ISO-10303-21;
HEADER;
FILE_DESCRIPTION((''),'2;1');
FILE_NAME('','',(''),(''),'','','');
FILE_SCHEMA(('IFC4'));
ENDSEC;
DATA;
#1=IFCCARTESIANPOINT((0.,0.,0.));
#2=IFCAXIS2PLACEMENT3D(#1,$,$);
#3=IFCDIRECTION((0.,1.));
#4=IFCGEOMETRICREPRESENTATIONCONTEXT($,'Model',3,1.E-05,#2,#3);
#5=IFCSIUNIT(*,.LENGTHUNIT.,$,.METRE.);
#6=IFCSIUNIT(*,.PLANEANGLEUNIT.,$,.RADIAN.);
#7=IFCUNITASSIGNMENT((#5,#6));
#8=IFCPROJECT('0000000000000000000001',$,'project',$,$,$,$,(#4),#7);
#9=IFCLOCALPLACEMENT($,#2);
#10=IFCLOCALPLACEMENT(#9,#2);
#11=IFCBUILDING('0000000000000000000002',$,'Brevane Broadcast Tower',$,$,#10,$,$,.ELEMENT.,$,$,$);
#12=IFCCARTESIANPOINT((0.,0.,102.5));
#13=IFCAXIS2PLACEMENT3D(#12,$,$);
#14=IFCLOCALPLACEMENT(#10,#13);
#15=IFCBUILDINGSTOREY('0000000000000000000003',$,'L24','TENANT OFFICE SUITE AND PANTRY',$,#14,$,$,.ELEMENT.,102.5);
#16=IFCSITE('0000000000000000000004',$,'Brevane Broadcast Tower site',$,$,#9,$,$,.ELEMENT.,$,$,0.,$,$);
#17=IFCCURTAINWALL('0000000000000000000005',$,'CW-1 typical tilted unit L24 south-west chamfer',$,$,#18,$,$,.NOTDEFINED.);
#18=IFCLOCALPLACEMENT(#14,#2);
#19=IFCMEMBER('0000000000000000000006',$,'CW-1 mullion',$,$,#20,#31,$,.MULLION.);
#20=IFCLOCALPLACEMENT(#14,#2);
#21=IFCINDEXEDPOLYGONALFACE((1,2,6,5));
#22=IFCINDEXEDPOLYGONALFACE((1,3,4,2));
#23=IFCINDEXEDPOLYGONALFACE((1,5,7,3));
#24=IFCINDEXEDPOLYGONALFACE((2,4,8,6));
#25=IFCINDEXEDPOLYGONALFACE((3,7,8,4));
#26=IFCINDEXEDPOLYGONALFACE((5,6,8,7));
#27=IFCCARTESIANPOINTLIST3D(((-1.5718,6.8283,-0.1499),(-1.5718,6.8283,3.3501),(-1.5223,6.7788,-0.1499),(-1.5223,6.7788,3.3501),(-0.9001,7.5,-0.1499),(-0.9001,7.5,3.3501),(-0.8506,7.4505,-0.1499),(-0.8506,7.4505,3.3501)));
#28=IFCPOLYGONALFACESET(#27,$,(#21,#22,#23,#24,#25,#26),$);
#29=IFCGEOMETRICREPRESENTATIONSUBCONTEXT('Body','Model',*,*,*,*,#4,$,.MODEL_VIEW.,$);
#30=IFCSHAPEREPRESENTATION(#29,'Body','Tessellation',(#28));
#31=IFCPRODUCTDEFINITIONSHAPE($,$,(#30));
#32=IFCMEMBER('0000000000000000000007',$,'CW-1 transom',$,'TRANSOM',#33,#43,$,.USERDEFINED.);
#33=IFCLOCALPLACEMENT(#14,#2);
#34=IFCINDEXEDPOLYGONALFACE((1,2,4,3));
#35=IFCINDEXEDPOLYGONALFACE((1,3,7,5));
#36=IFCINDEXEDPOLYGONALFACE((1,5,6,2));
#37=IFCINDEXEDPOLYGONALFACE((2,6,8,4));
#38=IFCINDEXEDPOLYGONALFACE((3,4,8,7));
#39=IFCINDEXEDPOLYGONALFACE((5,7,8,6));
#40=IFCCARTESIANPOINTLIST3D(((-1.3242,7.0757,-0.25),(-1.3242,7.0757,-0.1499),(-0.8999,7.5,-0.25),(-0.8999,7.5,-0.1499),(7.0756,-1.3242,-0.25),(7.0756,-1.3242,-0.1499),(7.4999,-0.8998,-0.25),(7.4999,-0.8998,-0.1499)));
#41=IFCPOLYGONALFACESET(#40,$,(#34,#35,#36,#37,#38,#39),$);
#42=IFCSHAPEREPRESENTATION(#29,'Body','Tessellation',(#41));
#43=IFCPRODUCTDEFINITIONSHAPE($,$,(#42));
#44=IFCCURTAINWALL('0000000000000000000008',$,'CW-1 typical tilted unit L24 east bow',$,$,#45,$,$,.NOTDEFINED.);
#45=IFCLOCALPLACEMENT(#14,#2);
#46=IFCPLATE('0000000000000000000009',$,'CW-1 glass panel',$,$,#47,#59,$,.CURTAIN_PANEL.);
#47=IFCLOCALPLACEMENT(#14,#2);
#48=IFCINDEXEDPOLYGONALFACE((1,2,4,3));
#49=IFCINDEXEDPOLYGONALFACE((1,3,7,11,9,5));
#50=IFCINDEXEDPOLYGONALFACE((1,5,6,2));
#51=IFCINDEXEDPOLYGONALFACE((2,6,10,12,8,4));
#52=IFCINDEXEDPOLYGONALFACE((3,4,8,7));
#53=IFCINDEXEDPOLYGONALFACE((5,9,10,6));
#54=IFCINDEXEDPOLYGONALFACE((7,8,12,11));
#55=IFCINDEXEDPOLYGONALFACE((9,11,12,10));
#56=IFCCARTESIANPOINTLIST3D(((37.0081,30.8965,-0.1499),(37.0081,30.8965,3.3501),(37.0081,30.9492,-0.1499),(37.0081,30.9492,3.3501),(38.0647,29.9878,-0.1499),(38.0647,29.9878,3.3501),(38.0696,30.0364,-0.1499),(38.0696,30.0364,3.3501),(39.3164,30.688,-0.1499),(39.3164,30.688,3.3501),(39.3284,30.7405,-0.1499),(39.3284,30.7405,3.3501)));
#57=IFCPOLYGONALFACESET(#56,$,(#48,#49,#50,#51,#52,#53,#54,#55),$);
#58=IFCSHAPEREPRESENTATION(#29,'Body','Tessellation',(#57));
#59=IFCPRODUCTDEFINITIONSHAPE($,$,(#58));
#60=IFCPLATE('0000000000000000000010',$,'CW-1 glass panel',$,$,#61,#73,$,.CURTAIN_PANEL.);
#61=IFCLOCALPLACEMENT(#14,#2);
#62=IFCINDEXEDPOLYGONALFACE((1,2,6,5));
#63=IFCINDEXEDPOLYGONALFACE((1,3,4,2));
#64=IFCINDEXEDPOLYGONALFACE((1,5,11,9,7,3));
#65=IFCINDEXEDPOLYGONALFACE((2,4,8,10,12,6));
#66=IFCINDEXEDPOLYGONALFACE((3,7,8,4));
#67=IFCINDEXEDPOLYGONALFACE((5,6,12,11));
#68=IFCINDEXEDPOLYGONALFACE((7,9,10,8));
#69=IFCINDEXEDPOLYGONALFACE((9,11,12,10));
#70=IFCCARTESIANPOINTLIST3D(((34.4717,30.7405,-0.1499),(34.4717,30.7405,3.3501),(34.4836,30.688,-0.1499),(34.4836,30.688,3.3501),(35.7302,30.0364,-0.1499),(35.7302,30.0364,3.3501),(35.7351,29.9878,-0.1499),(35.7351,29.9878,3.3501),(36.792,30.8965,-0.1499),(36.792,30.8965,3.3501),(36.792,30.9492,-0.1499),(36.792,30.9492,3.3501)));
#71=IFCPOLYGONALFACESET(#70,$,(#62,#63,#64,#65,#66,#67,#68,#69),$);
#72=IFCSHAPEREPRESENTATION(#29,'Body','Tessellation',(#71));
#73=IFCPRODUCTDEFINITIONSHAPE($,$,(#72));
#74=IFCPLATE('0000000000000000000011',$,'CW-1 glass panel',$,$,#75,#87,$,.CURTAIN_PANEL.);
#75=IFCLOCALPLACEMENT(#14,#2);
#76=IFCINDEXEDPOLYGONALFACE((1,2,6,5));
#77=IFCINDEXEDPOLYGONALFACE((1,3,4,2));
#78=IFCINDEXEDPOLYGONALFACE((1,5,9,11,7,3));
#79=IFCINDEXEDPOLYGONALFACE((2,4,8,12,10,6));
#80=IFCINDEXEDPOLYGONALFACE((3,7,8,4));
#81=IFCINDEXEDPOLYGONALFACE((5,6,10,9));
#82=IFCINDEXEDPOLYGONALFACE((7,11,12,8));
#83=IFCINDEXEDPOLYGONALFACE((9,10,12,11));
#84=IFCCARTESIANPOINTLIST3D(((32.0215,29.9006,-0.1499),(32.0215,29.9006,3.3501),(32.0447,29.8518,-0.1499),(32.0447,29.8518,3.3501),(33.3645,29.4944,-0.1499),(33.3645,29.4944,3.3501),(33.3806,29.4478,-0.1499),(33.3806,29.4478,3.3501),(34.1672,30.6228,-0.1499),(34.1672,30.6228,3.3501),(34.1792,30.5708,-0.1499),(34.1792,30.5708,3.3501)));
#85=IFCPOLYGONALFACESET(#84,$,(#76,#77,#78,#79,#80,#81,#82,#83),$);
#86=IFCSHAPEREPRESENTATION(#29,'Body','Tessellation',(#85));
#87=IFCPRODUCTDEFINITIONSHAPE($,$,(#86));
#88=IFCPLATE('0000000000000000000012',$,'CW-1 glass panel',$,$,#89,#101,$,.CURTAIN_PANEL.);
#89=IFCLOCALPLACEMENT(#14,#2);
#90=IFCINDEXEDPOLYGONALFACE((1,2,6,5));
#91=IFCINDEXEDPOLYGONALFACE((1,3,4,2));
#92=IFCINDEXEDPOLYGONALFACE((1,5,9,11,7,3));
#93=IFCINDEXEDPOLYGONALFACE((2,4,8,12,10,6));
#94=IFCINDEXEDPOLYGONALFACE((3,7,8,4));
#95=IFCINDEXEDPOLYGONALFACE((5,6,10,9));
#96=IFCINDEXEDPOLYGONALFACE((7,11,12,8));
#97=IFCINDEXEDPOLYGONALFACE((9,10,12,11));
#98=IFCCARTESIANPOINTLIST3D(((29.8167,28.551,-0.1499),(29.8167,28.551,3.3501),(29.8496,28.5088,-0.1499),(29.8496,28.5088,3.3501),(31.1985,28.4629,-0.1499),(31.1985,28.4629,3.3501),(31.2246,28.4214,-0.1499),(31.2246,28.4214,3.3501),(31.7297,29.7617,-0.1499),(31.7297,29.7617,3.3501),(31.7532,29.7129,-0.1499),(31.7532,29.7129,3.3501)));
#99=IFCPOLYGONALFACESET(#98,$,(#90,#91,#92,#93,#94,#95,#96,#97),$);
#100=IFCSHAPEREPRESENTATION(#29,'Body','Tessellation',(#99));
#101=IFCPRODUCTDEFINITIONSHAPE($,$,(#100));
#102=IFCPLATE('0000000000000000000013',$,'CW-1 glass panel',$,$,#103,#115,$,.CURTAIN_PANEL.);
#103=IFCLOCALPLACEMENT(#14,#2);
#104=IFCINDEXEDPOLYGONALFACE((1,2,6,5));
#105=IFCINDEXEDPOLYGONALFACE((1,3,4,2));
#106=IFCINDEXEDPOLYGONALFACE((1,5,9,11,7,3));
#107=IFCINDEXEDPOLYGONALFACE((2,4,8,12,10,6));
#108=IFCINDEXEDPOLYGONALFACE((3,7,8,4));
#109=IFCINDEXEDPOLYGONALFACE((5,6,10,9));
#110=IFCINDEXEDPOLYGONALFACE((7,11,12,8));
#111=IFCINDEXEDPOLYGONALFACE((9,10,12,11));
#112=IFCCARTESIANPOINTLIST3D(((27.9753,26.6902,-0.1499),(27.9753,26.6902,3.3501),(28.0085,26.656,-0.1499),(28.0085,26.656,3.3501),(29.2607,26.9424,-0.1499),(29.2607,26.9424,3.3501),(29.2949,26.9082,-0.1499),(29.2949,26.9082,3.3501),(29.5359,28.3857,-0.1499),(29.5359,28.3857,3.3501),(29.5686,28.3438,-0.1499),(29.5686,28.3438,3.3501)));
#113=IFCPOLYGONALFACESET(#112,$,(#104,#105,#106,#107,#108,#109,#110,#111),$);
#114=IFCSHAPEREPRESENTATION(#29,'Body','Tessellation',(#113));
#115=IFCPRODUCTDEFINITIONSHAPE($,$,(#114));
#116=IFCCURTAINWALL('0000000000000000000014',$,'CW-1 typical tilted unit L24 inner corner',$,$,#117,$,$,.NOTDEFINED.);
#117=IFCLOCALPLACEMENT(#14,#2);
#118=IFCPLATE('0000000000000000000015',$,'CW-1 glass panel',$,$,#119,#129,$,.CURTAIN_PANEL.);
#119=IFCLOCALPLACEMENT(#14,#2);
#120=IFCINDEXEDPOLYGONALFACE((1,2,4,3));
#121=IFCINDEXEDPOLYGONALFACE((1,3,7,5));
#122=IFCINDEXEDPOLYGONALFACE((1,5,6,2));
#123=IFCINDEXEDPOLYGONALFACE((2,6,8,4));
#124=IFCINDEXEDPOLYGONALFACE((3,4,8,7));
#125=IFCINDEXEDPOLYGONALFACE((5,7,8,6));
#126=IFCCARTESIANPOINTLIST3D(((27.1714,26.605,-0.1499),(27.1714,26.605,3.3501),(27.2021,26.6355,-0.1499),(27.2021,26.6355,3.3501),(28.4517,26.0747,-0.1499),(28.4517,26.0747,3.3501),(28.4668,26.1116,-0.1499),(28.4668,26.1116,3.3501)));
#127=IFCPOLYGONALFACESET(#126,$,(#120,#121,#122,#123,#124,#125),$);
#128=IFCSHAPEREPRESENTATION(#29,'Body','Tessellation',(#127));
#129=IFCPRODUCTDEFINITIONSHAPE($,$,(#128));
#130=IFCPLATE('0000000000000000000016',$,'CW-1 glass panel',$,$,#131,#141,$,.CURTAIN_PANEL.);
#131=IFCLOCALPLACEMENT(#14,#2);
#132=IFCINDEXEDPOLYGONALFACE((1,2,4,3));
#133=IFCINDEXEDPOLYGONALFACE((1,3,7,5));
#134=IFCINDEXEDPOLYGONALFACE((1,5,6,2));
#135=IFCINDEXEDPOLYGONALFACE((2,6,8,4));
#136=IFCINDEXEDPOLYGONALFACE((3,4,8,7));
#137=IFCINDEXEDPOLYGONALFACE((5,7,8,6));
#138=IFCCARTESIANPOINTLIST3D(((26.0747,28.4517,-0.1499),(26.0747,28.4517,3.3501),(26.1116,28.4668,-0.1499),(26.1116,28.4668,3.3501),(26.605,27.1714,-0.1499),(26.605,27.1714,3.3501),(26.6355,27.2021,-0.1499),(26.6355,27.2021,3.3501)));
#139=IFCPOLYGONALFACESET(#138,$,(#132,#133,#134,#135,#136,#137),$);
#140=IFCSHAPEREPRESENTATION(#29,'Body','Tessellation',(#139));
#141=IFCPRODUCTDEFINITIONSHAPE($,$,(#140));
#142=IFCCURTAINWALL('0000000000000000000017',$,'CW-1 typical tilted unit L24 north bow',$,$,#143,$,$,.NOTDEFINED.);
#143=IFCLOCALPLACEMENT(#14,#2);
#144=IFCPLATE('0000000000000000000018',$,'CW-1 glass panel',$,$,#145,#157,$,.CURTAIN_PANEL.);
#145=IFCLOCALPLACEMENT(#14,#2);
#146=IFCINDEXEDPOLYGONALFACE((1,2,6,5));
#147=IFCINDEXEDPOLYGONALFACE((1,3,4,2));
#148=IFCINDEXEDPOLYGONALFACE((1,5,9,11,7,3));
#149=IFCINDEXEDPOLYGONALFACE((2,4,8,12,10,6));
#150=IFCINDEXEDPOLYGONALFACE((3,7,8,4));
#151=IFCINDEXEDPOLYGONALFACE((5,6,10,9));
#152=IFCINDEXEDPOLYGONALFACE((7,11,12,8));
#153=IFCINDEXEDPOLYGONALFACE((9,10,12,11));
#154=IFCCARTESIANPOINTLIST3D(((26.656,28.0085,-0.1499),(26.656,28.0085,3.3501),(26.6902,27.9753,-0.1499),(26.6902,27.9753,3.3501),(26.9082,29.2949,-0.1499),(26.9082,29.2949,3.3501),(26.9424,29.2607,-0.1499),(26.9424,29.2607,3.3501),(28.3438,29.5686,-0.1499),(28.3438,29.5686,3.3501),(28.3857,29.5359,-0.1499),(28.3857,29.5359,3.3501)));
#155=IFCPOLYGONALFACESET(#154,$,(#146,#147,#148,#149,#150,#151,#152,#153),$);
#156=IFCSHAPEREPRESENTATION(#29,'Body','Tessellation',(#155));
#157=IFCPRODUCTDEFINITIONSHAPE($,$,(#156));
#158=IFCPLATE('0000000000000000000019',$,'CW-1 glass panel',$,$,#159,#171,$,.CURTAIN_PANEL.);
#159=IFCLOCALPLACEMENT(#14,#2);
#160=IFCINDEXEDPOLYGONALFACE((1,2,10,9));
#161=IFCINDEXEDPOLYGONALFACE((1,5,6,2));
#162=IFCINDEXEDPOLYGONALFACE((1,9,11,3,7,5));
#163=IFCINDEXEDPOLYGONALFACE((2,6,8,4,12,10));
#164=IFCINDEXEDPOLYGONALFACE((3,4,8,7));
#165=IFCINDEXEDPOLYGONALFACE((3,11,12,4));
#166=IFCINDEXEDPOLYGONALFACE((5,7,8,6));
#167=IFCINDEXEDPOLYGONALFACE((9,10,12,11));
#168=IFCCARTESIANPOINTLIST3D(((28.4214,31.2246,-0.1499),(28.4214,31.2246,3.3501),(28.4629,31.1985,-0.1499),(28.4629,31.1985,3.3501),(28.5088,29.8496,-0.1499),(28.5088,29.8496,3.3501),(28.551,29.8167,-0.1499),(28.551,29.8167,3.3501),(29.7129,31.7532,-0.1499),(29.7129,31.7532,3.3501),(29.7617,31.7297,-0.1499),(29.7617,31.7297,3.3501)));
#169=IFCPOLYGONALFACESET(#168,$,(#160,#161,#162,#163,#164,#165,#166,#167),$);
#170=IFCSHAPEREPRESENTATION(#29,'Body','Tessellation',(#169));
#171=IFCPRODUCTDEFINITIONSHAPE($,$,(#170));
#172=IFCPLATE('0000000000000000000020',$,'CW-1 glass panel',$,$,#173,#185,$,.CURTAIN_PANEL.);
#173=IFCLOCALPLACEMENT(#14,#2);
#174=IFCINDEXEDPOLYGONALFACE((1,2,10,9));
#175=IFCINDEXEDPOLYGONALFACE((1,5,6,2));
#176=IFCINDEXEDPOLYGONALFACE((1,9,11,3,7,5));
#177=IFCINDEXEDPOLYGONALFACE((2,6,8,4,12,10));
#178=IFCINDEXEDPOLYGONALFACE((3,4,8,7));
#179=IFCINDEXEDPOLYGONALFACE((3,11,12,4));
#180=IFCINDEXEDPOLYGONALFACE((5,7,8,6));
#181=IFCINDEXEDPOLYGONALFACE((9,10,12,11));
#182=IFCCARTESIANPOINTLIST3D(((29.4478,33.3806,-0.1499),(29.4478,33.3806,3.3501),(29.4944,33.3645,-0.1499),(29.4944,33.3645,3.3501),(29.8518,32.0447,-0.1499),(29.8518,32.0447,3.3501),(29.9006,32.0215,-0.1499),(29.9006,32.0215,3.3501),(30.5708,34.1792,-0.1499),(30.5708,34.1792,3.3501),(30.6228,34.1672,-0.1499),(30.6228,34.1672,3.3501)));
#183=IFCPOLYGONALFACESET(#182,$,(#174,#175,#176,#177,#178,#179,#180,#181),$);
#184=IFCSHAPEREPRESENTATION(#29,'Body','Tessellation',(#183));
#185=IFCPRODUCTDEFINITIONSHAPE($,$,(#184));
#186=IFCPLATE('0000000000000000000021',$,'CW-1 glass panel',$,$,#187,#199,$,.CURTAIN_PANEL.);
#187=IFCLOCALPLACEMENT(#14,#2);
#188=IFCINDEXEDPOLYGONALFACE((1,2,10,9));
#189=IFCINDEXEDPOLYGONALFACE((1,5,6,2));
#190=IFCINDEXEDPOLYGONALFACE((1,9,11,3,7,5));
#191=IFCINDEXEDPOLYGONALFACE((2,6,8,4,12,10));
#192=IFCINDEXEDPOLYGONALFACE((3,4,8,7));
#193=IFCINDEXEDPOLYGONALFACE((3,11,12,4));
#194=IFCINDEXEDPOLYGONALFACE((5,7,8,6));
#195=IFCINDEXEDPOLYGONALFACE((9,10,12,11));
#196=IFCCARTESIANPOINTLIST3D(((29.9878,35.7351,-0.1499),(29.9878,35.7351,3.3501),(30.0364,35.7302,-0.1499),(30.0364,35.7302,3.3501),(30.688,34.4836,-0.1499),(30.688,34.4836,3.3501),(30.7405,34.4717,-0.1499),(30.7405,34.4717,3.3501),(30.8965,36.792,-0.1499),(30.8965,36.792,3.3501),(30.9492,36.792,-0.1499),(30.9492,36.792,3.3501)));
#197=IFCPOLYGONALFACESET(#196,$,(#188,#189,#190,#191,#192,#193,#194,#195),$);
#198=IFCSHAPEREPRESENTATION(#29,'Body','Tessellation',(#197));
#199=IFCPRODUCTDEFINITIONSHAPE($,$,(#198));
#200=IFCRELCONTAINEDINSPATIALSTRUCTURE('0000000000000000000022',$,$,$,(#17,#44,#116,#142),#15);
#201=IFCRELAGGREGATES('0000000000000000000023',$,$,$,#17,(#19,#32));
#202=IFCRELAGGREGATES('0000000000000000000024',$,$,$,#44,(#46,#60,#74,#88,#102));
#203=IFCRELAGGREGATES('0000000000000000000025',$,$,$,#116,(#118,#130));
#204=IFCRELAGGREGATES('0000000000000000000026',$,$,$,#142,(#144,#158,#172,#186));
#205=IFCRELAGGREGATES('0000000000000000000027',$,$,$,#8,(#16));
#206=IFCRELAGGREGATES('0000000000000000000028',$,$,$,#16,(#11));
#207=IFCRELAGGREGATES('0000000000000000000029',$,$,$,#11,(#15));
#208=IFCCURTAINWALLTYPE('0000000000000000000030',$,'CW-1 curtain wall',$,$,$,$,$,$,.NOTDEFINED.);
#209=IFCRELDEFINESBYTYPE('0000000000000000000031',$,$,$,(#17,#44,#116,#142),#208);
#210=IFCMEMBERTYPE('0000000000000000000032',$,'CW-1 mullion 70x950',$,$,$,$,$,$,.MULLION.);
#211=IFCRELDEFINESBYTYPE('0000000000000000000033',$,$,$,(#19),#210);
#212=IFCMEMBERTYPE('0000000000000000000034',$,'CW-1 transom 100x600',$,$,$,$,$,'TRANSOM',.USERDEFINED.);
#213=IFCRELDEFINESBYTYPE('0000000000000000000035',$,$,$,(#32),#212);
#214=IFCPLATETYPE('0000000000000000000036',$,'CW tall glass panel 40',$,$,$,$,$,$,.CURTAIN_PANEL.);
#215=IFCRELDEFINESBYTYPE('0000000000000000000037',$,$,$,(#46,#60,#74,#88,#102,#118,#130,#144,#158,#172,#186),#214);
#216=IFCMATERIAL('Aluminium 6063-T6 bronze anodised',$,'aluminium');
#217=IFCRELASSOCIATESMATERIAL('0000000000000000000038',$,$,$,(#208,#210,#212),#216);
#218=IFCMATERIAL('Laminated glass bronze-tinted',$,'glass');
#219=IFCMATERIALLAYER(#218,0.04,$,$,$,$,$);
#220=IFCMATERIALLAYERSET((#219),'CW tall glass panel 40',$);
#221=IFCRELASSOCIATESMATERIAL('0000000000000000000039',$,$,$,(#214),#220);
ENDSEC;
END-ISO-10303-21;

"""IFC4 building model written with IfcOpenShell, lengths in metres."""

from ifc_helpers import new_model, si_unit, direction, frame, origin, origin_2d, place, context, subcontext, project, spatial, polyline, rectangle, outline, extrude, material, layer, layer_set, material_profile, profile_set, type_object, element, aggregate, save


model = new_model("IFC4")

# Units and contexts
model_context = context("Model", 3, precision=1e-05, world=origin(), true_north=direction((0.0, 1.0)))
body_context = subcontext(model_context, "Body", "Model", "MODEL_VIEW")
ifc_project = project(units=[si_unit("LENGTHUNIT", "METRE"), si_unit("PLANEANGLEUNIT", "RADIAN")], contexts=[model_context])

# Site, building, storey
site_placement = place(None, origin())
site = spatial("IfcSite", under=ifc_project, at=site_placement, Name="Brevane Broadcast Tower site", CompositionType="ELEMENT", RefElevation=0.0)
building_placement = place(site_placement, origin())
building = spatial("IfcBuilding", under=site, at=building_placement, Name="Brevane Broadcast Tower", CompositionType="ELEMENT")
storey_placement = place(building_placement, frame((0.0, 0.0, 102.5)))
storey = spatial("IfcBuildingStorey", under=building, at=storey_placement, Name="L24", Description="TENANT OFFICE SUITE AND PANTRY", CompositionType="ELEMENT", Elevation=102.5)

# Curtain wall, members
ifc_material_1 = material(Name="Aluminium 6063-T6 bronze anodised", Category="aluminium")
curtain_wall_type = type_object("IfcCurtainWallType", Name="CW-1 curtain wall", PredefinedType="NOTDEFINED", material=ifc_material_1)
curtain_wall_1_placement = place(storey_placement, origin())
curtain_wall_1 = element("IfcCurtainWall", 1, at=curtain_wall_1_placement, inside=storey, type_object=curtain_wall_type, Name="CW-1 typical tilted unit L24 south-west chamfer", PredefinedType="NOTDEFINED")
ifc_material_profile_1 = material_profile(ifc_material_1, rectangle(XDim=0.95, YDim=0.0701, at=origin_2d()), Name="RECT 70x950")
ifc_profile_set_1 = profile_set([ifc_material_profile_1], Name="Aluminium 6063-T6 bronze anodised")
member_type_1 = type_object("IfcMemberType", Name="CW-1 mullion 70x950", PredefinedType="MULLION", material=ifc_profile_set_1)
member_1_placement = place(storey_placement, frame((-1.2112, 7.1394, -0.1499), z_axis=(0.0, 0.0, 1.0), x_axis=(0.707107, 0.707107, 0.0)))
member_1 = element("IfcMember", 2, at=member_1_placement, type_object=member_type_1, Name="CW-1 mullion", PredefinedType="MULLION", context=body_context, shape_type="SweptSolid", body=[
    extrude(rectangle(XDim=0.95, YDim=0.0701, at=origin_2d()), origin(), (0.0, 0.0, 1.0), 3.5),
])
ifc_material_profile_2 = material_profile(ifc_material_1, rectangle(XDim=0.6001, YDim=0.1001, at=origin_2d()), Name="RECT 100x600")
ifc_profile_set_2 = profile_set([ifc_material_profile_2], Name="Aluminium 6063-T6 bronze anodised")
member_type_2 = type_object("IfcMemberType", Name="CW-1 transom 100x600", ElementType="TRANSOM", PredefinedType="USERDEFINED", material=ifc_profile_set_2)
member_2_placement = place(storey_placement, frame((-1.1121, 7.2878, -0.2), z_axis=(0.707107, -0.707107, 0.0), x_axis=(0.707107, 0.707107, 0.0)))
member_2 = element("IfcMember", 3, at=member_2_placement, type_object=member_type_2, Name="CW-1 transom", ObjectType="TRANSOM", PredefinedType="USERDEFINED", context=body_context, shape_type="SweptSolid", body=[
    extrude(rectangle(XDim=0.6001, YDim=0.1001, at=origin_2d()), origin(), (0.0, 0.0, 1.0), 11.8792),
])
aggregate(curtain_wall_1, [member_1, member_2])

# Curtain walls, plates
curtain_wall_2_placement = place(storey_placement, origin())
curtain_wall_2 = element("IfcCurtainWall", 4, at=curtain_wall_2_placement, inside=storey, type_object=curtain_wall_type, Name="CW-1 typical tilted unit L24 east bow", PredefinedType="NOTDEFINED")
ifc_material_2 = material(Name="Laminated glass bronze-tinted", Category="glass")
ifc_layer = layer(ifc_material_2, 0.04)
ifc_layer_set = layer_set([ifc_layer], Name="CW tall glass panel 40")
plate_type = type_object("IfcPlateType", Name="CW tall glass panel 40", PredefinedType="CURTAIN_PANEL", material=ifc_layer_set)
plate_1_placement = place(storey_placement, frame((0.0, 0.0, -0.1499)))
plate_1 = element("IfcPlate", 5, at=plate_1_placement, type_object=plate_type, Name="CW-1 glass panel", PredefinedType="CURTAIN_PANEL", context=body_context, shape_type="SweptSolid", body=[
    extrude(outline(polyline([(39.3164, 30.688), (39.3284, 30.7405), (38.0696, 30.0364), (37.0081, 30.9492), (37.0081, 30.8965), (38.0647, 29.9878), (39.3164, 30.688)])), origin(), (0.0, 0.0, 1.0), 3.5),
])
plate_2_placement = place(storey_placement, frame((0.0, 0.0, -0.1499)))
plate_2 = element("IfcPlate", 6, at=plate_2_placement, type_object=plate_type, Name="CW-1 glass panel", PredefinedType="CURTAIN_PANEL", context=body_context, shape_type="SweptSolid", body=[
    extrude(outline(polyline([(36.792, 30.8965), (36.792, 30.9492), (35.7302, 30.0364), (34.4717, 30.7405), (34.4836, 30.688), (35.7351, 29.9878), (36.792, 30.8965)])), origin(), (0.0, 0.0, 1.0), 3.5),
])
plate_3_placement = place(storey_placement, frame((0.0, 0.0, -0.1499)))
plate_3 = element("IfcPlate", 7, at=plate_3_placement, type_object=plate_type, Name="CW-1 glass panel", PredefinedType="CURTAIN_PANEL", context=body_context, shape_type="SweptSolid", body=[
    extrude(outline(polyline([(34.1792, 30.5708), (34.1672, 30.6228), (33.3645, 29.4944), (32.0215, 29.9006), (32.0447, 29.8518), (33.3806, 29.4478), (34.1792, 30.5708)])), origin(), (0.0, 0.0, 1.0), 3.5),
])
plate_4_placement = place(storey_placement, frame((0.0, 0.0, -0.1499)))
plate_4 = element("IfcPlate", 8, at=plate_4_placement, type_object=plate_type, Name="CW-1 glass panel", PredefinedType="CURTAIN_PANEL", context=body_context, shape_type="SweptSolid", body=[
    extrude(outline(polyline([(31.7532, 29.7129), (31.7297, 29.7617), (31.1985, 28.4629), (29.8167, 28.551), (29.8496, 28.5088), (31.2246, 28.4214), (31.7532, 29.7129)])), origin(), (0.0, 0.0, 1.0), 3.5),
])
plate_5_placement = place(storey_placement, frame((0.0, 0.0, -0.1499)))
plate_5 = element("IfcPlate", 9, at=plate_5_placement, type_object=plate_type, Name="CW-1 glass panel", PredefinedType="CURTAIN_PANEL", context=body_context, shape_type="SweptSolid", body=[
    extrude(outline(polyline([(29.5686, 28.3438), (29.5359, 28.3857), (29.2607, 26.9424), (27.9753, 26.6902), (28.0085, 26.656), (29.2949, 26.9082), (29.5686, 28.3438)])), origin(), (0.0, 0.0, 1.0), 3.5),
])
aggregate(curtain_wall_2, [plate_1, plate_2, plate_3, plate_4, plate_5])
curtain_wall_3_placement = place(storey_placement, origin())
curtain_wall_3 = element("IfcCurtainWall", 10, at=curtain_wall_3_placement, inside=storey, type_object=curtain_wall_type, Name="CW-1 typical tilted unit L24 inner corner", PredefinedType="NOTDEFINED")
plate_6_placement = place(storey_placement, frame((0.0, 0.0, -0.1499)))
plate_6 = element("IfcPlate", 11, at=plate_6_placement, type_object=plate_type, Name="CW-1 glass panel", PredefinedType="CURTAIN_PANEL", context=body_context, shape_type="SweptSolid", body=[
    extrude(outline(polyline([(28.4517, 26.0747), (28.4668, 26.1116), (27.2021, 26.6355), (27.1714, 26.605), (28.4517, 26.0747)])), origin(), (0.0, 0.0, 1.0), 3.5),
])
plate_7_placement = place(storey_placement, frame((0.0, 0.0, -0.1499)))
plate_7 = element("IfcPlate", 12, at=plate_7_placement, type_object=plate_type, Name="CW-1 glass panel", PredefinedType="CURTAIN_PANEL", context=body_context, shape_type="SweptSolid", body=[
    extrude(outline(polyline([(26.605, 27.1714), (26.6355, 27.2021), (26.1116, 28.4668), (26.0747, 28.4517), (26.605, 27.1714)])), origin(), (0.0, 0.0, 1.0), 3.5),
])
aggregate(curtain_wall_3, [plate_6, plate_7])
curtain_wall_4_placement = place(storey_placement, origin())
curtain_wall_4 = element("IfcCurtainWall", 13, at=curtain_wall_4_placement, inside=storey, type_object=curtain_wall_type, Name="CW-1 typical tilted unit L24 north bow", PredefinedType="NOTDEFINED")
plate_8_placement = place(storey_placement, frame((0.0, 0.0, -0.1499)))
plate_8 = element("IfcPlate", 14, at=plate_8_placement, type_object=plate_type, Name="CW-1 glass panel", PredefinedType="CURTAIN_PANEL", context=body_context, shape_type="SweptSolid", body=[
    extrude(outline(polyline([(26.656, 28.0085), (26.6902, 27.9753), (26.9424, 29.2607), (28.3857, 29.5359), (28.3438, 29.5686), (26.9082, 29.2949), (26.656, 28.0085)])), origin(), (0.0, 0.0, 1.0), 3.5),
])
plate_9_placement = place(storey_placement, frame((0.0, 0.0, -0.1499)))
plate_9 = element("IfcPlate", 15, at=plate_9_placement, type_object=plate_type, Name="CW-1 glass panel", PredefinedType="CURTAIN_PANEL", context=body_context, shape_type="SweptSolid", body=[
    extrude(outline(polyline([(28.5088, 29.8496), (28.551, 29.8167), (28.4629, 31.1985), (29.7617, 31.7297), (29.7129, 31.7532), (28.4214, 31.2246), (28.5088, 29.8496)])), origin(), (0.0, 0.0, 1.0), 3.5),
])
plate_10_placement = place(storey_placement, frame((0.0, 0.0, -0.1499)))
plate_10 = element("IfcPlate", 16, at=plate_10_placement, type_object=plate_type, Name="CW-1 glass panel", PredefinedType="CURTAIN_PANEL", context=body_context, shape_type="SweptSolid", body=[
    extrude(outline(polyline([(29.8518, 32.0447), (29.9006, 32.0215), (29.4944, 33.3645), (30.6228, 34.1672), (30.5708, 34.1792), (29.4478, 33.3806), (29.8518, 32.0447)])), origin(), (0.0, 0.0, 1.0), 3.5),
])
plate_11_placement = place(storey_placement, frame((0.0, 0.0, -0.1499)))
plate_11 = element("IfcPlate", 17, at=plate_11_placement, type_object=plate_type, Name="CW-1 glass panel", PredefinedType="CURTAIN_PANEL", context=body_context, shape_type="SweptSolid", body=[
    extrude(outline(polyline([(30.688, 34.4836), (30.7405, 34.4717), (30.0364, 35.7302), (30.9492, 36.792), (30.8965, 36.792), (29.9878, 35.7351), (30.688, 34.4836)])), origin(), (0.0, 0.0, 1.0), 3.5),
])
aggregate(curtain_wall_4, [plate_8, plate_9, plate_10, plate_11])

save(model, "model.ifc")
